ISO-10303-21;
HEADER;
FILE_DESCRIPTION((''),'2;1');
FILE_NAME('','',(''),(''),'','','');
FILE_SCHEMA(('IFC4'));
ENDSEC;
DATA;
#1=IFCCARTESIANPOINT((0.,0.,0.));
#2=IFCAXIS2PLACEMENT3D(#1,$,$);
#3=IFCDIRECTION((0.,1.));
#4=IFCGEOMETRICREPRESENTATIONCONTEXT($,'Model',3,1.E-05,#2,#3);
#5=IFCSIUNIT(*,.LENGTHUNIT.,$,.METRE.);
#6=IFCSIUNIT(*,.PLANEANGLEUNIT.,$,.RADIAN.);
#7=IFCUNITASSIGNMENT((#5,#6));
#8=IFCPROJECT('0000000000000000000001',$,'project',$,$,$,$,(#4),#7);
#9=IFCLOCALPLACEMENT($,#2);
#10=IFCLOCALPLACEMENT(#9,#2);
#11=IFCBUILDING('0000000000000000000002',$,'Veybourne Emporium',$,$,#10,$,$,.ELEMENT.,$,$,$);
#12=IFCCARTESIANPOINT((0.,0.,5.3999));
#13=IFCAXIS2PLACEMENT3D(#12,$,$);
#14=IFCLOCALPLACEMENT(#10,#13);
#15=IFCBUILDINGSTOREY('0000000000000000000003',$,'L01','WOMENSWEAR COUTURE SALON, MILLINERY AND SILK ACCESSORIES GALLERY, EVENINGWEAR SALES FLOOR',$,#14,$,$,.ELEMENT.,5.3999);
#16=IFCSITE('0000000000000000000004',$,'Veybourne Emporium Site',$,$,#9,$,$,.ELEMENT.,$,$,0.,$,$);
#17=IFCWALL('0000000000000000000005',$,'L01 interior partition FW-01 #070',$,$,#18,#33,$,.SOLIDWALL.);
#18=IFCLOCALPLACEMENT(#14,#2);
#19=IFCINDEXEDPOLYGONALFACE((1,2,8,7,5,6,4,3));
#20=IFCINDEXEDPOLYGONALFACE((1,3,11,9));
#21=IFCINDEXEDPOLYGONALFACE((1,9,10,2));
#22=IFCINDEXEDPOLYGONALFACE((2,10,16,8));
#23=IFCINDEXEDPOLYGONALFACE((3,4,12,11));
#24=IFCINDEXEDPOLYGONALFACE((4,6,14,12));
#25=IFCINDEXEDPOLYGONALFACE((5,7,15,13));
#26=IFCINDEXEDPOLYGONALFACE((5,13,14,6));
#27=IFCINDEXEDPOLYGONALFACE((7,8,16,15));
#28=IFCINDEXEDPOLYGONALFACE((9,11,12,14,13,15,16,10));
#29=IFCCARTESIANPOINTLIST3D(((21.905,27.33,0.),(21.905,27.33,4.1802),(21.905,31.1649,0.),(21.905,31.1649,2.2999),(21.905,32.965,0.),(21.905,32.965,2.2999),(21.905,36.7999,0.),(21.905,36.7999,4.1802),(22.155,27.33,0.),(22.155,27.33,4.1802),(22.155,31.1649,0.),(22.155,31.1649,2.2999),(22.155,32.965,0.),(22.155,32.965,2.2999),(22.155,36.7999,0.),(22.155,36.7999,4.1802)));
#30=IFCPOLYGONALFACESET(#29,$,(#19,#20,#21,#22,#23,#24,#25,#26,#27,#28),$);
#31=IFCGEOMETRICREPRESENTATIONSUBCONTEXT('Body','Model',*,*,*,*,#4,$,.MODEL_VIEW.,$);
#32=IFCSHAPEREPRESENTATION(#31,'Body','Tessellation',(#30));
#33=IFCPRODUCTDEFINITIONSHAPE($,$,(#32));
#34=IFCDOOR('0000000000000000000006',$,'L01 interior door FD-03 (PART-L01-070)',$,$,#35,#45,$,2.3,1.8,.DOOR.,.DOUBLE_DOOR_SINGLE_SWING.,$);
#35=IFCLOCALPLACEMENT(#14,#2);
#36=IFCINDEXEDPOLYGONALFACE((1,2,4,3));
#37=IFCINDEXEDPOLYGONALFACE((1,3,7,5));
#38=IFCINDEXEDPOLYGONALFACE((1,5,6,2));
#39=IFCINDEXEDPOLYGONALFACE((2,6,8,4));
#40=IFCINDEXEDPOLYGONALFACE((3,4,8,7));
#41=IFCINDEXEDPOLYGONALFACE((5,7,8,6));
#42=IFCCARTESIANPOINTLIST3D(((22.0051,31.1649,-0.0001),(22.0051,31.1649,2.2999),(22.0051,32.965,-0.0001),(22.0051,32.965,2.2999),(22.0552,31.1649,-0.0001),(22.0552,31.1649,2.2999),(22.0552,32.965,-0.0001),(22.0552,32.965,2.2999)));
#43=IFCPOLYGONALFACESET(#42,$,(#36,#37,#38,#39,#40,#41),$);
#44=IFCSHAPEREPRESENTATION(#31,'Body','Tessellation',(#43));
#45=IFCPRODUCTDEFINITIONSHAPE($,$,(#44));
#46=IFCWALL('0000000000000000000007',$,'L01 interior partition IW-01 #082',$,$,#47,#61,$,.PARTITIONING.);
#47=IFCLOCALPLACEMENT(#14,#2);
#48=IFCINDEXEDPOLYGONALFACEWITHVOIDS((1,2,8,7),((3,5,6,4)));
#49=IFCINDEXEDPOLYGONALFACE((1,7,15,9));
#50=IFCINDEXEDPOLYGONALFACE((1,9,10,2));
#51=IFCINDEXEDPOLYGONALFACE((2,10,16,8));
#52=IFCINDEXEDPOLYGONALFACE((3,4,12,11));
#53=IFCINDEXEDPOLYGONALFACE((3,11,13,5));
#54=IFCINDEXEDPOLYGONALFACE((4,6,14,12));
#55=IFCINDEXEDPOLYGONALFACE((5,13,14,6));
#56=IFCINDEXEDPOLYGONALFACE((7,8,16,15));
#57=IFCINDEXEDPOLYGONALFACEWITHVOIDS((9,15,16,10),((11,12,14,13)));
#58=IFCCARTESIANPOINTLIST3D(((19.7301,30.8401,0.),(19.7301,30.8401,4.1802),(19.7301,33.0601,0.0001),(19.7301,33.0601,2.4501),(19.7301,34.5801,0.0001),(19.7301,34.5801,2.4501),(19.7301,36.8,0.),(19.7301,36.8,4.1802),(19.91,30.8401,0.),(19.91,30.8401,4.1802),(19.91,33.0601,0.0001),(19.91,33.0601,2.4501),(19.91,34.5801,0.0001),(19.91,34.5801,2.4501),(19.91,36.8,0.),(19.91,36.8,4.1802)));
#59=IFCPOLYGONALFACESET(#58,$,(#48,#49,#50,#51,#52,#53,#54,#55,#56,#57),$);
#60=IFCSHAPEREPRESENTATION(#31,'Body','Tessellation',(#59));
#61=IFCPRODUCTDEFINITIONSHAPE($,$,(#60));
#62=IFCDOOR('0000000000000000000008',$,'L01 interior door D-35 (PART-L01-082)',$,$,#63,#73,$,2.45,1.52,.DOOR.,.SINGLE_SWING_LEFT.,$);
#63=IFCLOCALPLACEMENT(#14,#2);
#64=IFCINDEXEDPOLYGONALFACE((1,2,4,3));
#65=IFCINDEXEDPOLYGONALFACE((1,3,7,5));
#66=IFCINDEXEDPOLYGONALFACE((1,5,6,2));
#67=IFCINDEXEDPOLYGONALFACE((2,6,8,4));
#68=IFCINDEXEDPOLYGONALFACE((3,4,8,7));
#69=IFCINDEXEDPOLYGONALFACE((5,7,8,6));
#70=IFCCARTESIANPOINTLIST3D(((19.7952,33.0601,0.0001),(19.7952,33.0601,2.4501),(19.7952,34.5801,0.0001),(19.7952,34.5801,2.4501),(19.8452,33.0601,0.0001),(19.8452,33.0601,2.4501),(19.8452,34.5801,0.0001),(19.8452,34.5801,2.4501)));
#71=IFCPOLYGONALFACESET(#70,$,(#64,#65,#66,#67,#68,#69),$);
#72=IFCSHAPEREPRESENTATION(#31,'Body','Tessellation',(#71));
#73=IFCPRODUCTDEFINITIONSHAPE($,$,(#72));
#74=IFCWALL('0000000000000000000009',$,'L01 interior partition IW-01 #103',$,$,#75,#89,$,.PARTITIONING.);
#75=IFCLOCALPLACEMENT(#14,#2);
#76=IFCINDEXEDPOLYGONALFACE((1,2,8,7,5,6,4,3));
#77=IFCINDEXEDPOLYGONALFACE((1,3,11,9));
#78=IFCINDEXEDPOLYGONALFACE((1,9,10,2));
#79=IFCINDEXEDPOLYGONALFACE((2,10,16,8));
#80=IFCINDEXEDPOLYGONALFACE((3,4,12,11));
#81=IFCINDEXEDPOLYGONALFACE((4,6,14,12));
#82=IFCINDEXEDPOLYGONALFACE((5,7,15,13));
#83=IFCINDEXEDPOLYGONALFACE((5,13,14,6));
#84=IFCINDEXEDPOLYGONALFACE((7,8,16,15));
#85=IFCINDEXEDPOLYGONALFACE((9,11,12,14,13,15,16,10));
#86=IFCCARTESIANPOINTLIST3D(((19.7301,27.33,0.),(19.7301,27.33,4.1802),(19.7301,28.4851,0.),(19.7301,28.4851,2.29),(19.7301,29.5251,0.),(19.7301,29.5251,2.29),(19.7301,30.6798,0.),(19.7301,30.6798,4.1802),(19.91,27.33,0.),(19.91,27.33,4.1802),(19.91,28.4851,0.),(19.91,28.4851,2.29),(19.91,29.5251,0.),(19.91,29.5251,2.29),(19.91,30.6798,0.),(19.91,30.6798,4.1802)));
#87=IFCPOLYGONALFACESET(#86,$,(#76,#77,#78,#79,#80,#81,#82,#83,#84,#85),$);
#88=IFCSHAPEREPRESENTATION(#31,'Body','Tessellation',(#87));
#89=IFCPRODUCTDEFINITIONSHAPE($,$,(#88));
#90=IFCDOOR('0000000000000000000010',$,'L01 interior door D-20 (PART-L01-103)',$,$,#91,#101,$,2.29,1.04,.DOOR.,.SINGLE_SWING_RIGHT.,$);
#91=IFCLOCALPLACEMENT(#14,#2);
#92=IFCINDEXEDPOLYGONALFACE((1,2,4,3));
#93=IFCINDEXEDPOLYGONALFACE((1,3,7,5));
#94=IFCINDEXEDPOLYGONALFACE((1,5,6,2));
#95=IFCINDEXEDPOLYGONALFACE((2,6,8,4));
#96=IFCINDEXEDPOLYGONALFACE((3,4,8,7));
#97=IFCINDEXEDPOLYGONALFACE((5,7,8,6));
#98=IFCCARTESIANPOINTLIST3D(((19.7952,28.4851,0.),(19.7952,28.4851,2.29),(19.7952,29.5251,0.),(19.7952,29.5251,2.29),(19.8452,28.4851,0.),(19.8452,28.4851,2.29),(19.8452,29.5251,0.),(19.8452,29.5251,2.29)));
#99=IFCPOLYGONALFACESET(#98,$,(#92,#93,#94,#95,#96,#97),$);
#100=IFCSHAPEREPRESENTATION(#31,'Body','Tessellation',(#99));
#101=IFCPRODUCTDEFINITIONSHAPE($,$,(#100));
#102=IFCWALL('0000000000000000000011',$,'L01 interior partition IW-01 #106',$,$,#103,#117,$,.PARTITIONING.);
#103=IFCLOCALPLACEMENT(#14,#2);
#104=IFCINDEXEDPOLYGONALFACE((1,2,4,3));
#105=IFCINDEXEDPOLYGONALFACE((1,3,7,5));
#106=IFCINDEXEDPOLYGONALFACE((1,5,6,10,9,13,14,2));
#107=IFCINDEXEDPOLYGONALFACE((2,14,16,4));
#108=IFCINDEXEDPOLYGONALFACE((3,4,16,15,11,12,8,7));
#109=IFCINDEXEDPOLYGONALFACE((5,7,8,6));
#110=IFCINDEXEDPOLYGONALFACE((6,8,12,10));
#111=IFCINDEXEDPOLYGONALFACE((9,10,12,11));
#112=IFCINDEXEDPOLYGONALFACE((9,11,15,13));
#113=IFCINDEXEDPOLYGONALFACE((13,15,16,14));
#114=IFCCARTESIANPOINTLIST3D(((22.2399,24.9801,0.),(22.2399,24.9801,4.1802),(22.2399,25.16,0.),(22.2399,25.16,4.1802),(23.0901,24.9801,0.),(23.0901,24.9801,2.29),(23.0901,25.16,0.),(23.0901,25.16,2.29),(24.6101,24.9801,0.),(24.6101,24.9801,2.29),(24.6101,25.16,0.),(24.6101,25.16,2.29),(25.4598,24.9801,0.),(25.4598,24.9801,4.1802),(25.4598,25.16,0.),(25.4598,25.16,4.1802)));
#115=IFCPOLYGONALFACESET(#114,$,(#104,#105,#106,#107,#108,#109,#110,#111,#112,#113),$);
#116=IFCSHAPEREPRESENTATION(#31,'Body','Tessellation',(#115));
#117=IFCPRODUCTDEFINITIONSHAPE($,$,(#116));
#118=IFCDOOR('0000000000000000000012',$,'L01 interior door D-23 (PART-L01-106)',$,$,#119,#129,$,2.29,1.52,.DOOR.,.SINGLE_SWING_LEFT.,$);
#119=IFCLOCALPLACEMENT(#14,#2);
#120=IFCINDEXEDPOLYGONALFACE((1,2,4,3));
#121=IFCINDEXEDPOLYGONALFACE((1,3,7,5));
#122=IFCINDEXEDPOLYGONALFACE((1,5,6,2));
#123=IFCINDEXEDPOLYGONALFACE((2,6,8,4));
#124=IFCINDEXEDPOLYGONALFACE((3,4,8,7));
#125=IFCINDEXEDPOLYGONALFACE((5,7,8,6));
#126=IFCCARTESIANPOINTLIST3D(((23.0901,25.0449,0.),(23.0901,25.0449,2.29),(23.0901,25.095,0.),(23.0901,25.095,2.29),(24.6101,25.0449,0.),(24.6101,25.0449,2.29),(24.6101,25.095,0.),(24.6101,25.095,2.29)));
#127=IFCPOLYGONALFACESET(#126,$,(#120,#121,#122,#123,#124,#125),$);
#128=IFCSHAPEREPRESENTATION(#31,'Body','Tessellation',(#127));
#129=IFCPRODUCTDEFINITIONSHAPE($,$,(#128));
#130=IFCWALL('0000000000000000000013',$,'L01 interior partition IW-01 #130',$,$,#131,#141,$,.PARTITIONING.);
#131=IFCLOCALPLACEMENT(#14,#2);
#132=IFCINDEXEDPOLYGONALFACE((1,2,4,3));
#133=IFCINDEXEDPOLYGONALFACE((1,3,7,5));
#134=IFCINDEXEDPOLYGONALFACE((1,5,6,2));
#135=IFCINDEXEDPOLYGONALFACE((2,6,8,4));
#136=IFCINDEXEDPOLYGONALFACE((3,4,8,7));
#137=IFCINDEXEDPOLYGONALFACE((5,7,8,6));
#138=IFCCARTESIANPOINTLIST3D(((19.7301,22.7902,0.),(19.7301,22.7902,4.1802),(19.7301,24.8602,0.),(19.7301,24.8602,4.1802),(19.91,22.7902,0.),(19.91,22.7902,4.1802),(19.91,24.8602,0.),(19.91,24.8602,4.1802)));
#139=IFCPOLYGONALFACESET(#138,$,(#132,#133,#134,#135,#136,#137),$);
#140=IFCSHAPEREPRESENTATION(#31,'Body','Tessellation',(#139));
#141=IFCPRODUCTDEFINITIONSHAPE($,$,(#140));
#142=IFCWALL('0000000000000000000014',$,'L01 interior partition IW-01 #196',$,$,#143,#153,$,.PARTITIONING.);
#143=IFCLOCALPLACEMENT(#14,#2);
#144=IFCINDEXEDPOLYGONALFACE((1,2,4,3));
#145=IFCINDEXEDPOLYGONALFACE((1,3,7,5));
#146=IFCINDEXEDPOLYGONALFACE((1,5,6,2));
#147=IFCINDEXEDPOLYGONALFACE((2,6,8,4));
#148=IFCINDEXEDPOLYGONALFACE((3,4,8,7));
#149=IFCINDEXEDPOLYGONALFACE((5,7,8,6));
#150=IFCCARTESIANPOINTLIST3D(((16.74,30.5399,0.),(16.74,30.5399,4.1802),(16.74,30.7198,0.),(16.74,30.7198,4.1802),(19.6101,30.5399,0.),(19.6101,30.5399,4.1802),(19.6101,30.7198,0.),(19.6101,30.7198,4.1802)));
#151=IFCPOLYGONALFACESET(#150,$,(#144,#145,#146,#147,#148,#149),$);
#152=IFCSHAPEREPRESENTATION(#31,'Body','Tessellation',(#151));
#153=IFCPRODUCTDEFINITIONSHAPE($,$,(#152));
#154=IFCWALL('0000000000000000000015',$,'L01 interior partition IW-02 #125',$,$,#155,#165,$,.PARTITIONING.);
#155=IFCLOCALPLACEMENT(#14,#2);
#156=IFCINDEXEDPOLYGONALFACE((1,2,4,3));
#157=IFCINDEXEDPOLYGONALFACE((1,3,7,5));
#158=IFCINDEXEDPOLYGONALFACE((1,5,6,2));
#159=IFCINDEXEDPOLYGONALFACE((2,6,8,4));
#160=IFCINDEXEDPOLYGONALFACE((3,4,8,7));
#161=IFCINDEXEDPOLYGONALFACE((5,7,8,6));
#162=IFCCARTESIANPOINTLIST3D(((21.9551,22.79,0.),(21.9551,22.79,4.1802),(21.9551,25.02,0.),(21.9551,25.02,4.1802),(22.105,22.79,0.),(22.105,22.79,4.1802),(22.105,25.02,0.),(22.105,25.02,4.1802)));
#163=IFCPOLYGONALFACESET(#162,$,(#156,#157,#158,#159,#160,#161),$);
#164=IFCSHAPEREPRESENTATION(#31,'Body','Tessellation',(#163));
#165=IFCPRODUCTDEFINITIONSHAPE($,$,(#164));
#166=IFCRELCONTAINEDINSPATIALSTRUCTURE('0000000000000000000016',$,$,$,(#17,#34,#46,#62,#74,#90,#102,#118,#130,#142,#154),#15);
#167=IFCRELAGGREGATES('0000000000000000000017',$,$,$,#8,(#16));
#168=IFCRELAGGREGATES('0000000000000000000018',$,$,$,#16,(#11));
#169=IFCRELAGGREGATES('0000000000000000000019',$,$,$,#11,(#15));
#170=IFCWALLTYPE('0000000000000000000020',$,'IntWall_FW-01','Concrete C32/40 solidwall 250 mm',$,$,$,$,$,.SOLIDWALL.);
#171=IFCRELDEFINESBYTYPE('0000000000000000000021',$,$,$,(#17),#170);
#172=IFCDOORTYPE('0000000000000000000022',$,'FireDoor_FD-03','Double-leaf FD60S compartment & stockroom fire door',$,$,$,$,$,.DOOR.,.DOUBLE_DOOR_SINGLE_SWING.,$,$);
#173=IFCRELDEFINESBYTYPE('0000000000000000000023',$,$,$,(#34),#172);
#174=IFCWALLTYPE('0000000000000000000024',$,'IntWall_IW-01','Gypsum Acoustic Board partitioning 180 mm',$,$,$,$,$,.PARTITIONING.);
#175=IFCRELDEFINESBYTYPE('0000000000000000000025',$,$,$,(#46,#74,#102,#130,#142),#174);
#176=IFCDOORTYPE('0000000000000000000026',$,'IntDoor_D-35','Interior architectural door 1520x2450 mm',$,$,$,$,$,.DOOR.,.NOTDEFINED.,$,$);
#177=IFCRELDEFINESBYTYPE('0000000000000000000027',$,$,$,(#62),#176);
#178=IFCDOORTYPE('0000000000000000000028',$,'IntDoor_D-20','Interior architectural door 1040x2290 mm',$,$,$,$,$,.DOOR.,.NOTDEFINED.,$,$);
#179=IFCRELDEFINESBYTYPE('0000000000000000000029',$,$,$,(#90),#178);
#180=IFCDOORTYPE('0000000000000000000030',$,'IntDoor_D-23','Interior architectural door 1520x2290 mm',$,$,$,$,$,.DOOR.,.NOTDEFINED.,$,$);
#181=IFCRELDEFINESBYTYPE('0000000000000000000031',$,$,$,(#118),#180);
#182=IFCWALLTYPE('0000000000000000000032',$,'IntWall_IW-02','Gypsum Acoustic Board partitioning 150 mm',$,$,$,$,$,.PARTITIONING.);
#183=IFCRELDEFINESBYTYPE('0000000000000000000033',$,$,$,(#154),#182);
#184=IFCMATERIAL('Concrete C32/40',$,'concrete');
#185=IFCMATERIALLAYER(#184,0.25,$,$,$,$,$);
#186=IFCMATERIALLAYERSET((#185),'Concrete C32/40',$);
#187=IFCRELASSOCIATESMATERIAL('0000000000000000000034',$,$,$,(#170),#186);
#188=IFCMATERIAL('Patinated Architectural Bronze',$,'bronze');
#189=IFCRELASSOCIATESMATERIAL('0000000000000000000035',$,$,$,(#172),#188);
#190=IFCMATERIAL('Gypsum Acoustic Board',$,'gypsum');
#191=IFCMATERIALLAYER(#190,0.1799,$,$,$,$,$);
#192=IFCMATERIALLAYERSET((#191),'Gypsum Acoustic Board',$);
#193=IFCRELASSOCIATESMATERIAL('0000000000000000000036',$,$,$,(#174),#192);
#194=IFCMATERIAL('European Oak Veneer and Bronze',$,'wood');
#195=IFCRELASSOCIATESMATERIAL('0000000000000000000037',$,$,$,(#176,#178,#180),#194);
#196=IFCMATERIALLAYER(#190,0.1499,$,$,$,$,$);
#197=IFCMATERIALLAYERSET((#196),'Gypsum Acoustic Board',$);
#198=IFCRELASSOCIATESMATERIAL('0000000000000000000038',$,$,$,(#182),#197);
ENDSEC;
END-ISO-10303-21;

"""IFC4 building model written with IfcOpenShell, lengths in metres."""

from ifc_helpers import new_model, si_unit, direction, frame, frame_2d, origin, place, context, subcontext, project, spatial, rectangle, extrude, material, layer, layer_set, type_object, element, fill, save


model = new_model("IFC4")

# Units and contexts
model_context = context("Model", 3, precision=1e-05, world=origin(), true_north=direction((0.0, 1.0)))
body_context = subcontext(model_context, "Body", "Model", "MODEL_VIEW")
ifc_project = project(units=[si_unit("LENGTHUNIT", "METRE"), si_unit("PLANEANGLEUNIT", "RADIAN")], contexts=[model_context])

# Site, building, storey
site_placement = place(None, origin())
site = spatial("IfcSite", under=ifc_project, at=site_placement, Name="Veybourne Emporium Site", CompositionType="ELEMENT", RefElevation=0.0)
building_placement = place(site_placement, origin())
building = spatial("IfcBuilding", under=site, at=building_placement, Name="Veybourne Emporium", CompositionType="ELEMENT")
storey_placement = place(building_placement, frame((0.0, 0.0, 5.3999)))
storey = spatial("IfcBuildingStorey", under=building, at=storey_placement, Name="L01", Description="WOMENSWEAR COUTURE SALON, MILLINERY AND SILK ACCESSORIES GALLERY, EVENINGWEAR SALES FLOOR", CompositionType="ELEMENT", Elevation=5.3999)

# Shared definitions
ifc_material_1 = material(Name="Concrete C32/40", Category="concrete")

# Shared definitions
ifc_material_2 = material(Name="Patinated Architectural Bronze", Category="bronze")

# Walls, openings, doors
ifc_layer_1 = layer(ifc_material_1, 0.25)
ifc_layer_set_1 = layer_set([ifc_layer_1], Name="Concrete C32/40")
wall_type_1 = type_object("IfcWallType", Name="IntWall_FW-01", Description="Concrete C32/40 solidwall 250 mm", PredefinedType="SOLIDWALL", material=ifc_layer_set_1)
door_type_1 = type_object("IfcDoorType", Name="FireDoor_FD-03", Description="Double-leaf FD60S compartment & stockroom fire door", OperationType="DOUBLE_DOOR_SINGLE_SWING", PredefinedType="DOOR", material=ifc_material_2)
wall_1_placement = place(storey_placement, frame((22.03, 27.3301, 0.0), z_axis=(0.0, 0.0, 1.0), x_axis=(0.0, 1.0, 0.0)))
wall_1 = element("IfcWall", 1, at=wall_1_placement, inside=storey, type_object=wall_type_1, Name="L01 interior partition FW-01 #070", PredefinedType="SOLIDWALL", context=body_context, shape_type="SweptSolid", body=[
    extrude(rectangle(XDim=9.47, YDim=0.25, at=frame_2d((4.7349, 0.0))), origin(), (0.0, 0.0, 1.0), 4.1802),
])
opening_1_placement = place(wall_1_placement, frame((3.835, 0.0, 0.0)))
opening_1 = element("IfcOpeningElement", 2, at=opening_1_placement, cuts=wall_1, PredefinedType="OPENING", context=body_context, shape_type="SweptSolid", body=[
    extrude(rectangle(XDim=1.8, YDim=2.3, at=frame_2d((0.8999, 1.1499))), frame((0.0, 0.145, 0.0), z_axis=(0.0, -1.0, 0.0), x_axis=(1.0, 0.0, 0.0)), (0.0, 0.0, 1.0), 0.29),
])
door_1_placement = place(opening_1_placement, origin())
door_1 = element("IfcDoor", 3, at=door_1_placement, inside=storey, type_object=door_type_1, Name="L01 interior door FD-03 (PART-L01-070)", OperationType="DOUBLE_DOOR_SINGLE_SWING", OverallHeight=2.3, OverallWidth=1.8, PredefinedType="DOOR", context=body_context, shape_type="SweptSolid", body=[
    extrude(rectangle(XDim=1.8, YDim=2.3, at=frame_2d((0.8999, 1.1499))), frame((0.0, 0.0249, 0.0), z_axis=(0.0, -1.0, 0.0), x_axis=(1.0, 0.0, 0.0)), (0.0, 0.0, 1.0), 0.05),
])
fill(opening_1, door_1)
ifc_material_3 = material(Name="Gypsum Acoustic Board", Category="gypsum")
ifc_layer_2 = layer(ifc_material_3, 0.1799)
ifc_layer_set_2 = layer_set([ifc_layer_2], Name="Gypsum Acoustic Board")
wall_type_2 = type_object("IfcWallType", Name="IntWall_IW-01", Description="Gypsum Acoustic Board partitioning 180 mm", PredefinedType="PARTITIONING", material=ifc_layer_set_2)
wall_2_placement = place(storey_placement, frame((19.8201, 30.8401, 0.0), z_axis=(0.0, 0.0, 1.0), x_axis=(0.0, 1.0, 0.0)))
wall_2 = element("IfcWall", 4, at=wall_2_placement, inside=storey, type_object=wall_type_2, Name="L01 interior partition IW-01 #082", PredefinedType="PARTITIONING", context=body_context, shape_type="SweptSolid", body=[
    extrude(rectangle(XDim=5.96, YDim=0.1799, at=frame_2d((2.98, 0.0))), origin(), (0.0, 0.0, 1.0), 4.1802),
])
opening_2_placement = place(wall_2_placement, frame((2.22, 0.0, 0.0)))
opening_2 = element("IfcOpeningElement", 5, at=opening_2_placement, cuts=wall_2, PredefinedType="OPENING", context=body_context, shape_type="SweptSolid", body=[
    extrude(rectangle(XDim=1.52, YDim=2.45, at=frame_2d((0.76, 1.2251))), frame((0.0, 0.1099, 0.0), z_axis=(0.0, -1.0, 0.0), x_axis=(1.0, 0.0, 0.0)), (0.0, 0.0, 1.0), 0.22),
])
ifc_material_4 = material(Name="European Oak Veneer and Bronze", Category="wood")
door_type_2 = type_object("IfcDoorType", Name="IntDoor_D-35", Description="Interior architectural door 1520x2450 mm", OperationType="NOTDEFINED", PredefinedType="DOOR", material=ifc_material_4)
door_2_placement = place(opening_2_placement, origin())
door_2 = element("IfcDoor", 6, at=door_2_placement, inside=storey, type_object=door_type_2, Name="L01 interior door D-35 (PART-L01-082)", OperationType="SINGLE_SWING_LEFT", OverallHeight=2.45, OverallWidth=1.52, PredefinedType="DOOR", context=body_context, shape_type="SweptSolid", body=[
    extrude(rectangle(XDim=1.52, YDim=2.45, at=frame_2d((0.76, 1.2251))), frame((0.0, 0.0249, 0.0), z_axis=(0.0, -1.0, 0.0), x_axis=(1.0, 0.0, 0.0)), (0.0, 0.0, 1.0), 0.05),
])
fill(opening_2, door_2)
wall_3_placement = place(storey_placement, frame((19.8201, 27.3301, 0.0), z_axis=(0.0, 0.0, 1.0), x_axis=(0.0, 1.0, 0.0)))
wall_3 = element("IfcWall", 7, at=wall_3_placement, inside=storey, type_object=wall_type_2, Name="L01 interior partition IW-01 #103", PredefinedType="PARTITIONING", context=body_context, shape_type="SweptSolid", body=[
    extrude(rectangle(XDim=3.3499, YDim=0.1799, at=frame_2d((1.6748, 0.0))), origin(), (0.0, 0.0, 1.0), 4.1802),
])
opening_3_placement = place(wall_3_placement, frame((1.155, 0.0, 0.0)))
opening_3 = element("IfcOpeningElement", 8, at=opening_3_placement, cuts=wall_3, PredefinedType="OPENING", context=body_context, shape_type="SweptSolid", body=[
    extrude(rectangle(XDim=1.04, YDim=2.29, at=frame_2d((0.52, 1.145))), frame((0.0, 0.1099, 0.0), z_axis=(0.0, -1.0, 0.0), x_axis=(1.0, 0.0, 0.0)), (0.0, 0.0, 1.0), 0.22),
])
door_type_3 = type_object("IfcDoorType", Name="IntDoor_D-20", Description="Interior architectural door 1040x2290 mm", OperationType="NOTDEFINED", PredefinedType="DOOR", material=ifc_material_4)
door_3_placement = place(opening_3_placement, origin())
door_3 = element("IfcDoor", 9, at=door_3_placement, inside=storey, type_object=door_type_3, Name="L01 interior door D-20 (PART-L01-103)", OperationType="SINGLE_SWING_RIGHT", OverallHeight=2.29, OverallWidth=1.04, PredefinedType="DOOR", context=body_context, shape_type="SweptSolid", body=[
    extrude(rectangle(XDim=1.04, YDim=2.29, at=frame_2d((0.52, 1.145))), frame((0.0, 0.0249, 0.0), z_axis=(0.0, -1.0, 0.0), x_axis=(1.0, 0.0, 0.0)), (0.0, 0.0, 1.0), 0.05),
])
fill(opening_3, door_3)
wall_4_placement = place(storey_placement, frame((22.24, 25.0701, 0.0), z_axis=(0.0, 0.0, 1.0), x_axis=(1.0, 0.0, 0.0)))
wall_4 = element("IfcWall", 10, at=wall_4_placement, inside=storey, type_object=wall_type_2, Name="L01 interior partition IW-01 #106", PredefinedType="PARTITIONING", context=body_context, shape_type="SweptSolid", body=[
    extrude(rectangle(XDim=3.22, YDim=0.1799, at=frame_2d((1.6099, 0.0))), origin(), (0.0, 0.0, 1.0), 4.1802),
])
opening_4_placement = place(wall_4_placement, frame((0.8501, 0.0, 0.0)))
opening_4 = element("IfcOpeningElement", 11, at=opening_4_placement, cuts=wall_4, PredefinedType="OPENING", context=body_context, shape_type="SweptSolid", body=[
    extrude(rectangle(XDim=1.52, YDim=2.29, at=frame_2d((0.76, 1.145))), frame((0.0, 0.1099, 0.0), z_axis=(0.0, -1.0, 0.0), x_axis=(1.0, 0.0, 0.0)), (0.0, 0.0, 1.0), 0.22),
])
door_type_4 = type_object("IfcDoorType", Name="IntDoor_D-23", Description="Interior architectural door 1520x2290 mm", OperationType="NOTDEFINED", PredefinedType="DOOR", material=ifc_material_4)
door_4_placement = place(opening_4_placement, origin())
door_4 = element("IfcDoor", 12, at=door_4_placement, inside=storey, type_object=door_type_4, Name="L01 interior door D-23 (PART-L01-106)", OperationType="SINGLE_SWING_LEFT", OverallHeight=2.29, OverallWidth=1.52, PredefinedType="DOOR", context=body_context, shape_type="SweptSolid", body=[
    extrude(rectangle(XDim=1.52, YDim=2.29, at=frame_2d((0.76, 1.145))), frame((0.0, 0.0249, 0.0), z_axis=(0.0, -1.0, 0.0), x_axis=(1.0, 0.0, 0.0)), (0.0, 0.0, 1.0), 0.05),
])
fill(opening_4, door_4)

# Walls
wall_5_placement = place(storey_placement, frame((19.8201, 22.79, 0.0), z_axis=(0.0, 0.0, 1.0), x_axis=(0.0, 1.0, 0.0)))
element("IfcWall", 13, at=wall_5_placement, inside=storey, type_object=wall_type_2, Name="L01 interior partition IW-01 #130", PredefinedType="PARTITIONING", context=body_context, shape_type="SweptSolid", body=[
    extrude(rectangle(XDim=2.0701, YDim=0.1799, at=frame_2d((1.0352, 0.0))), origin(), (0.0, 0.0, 1.0), 4.1802),
])
wall_6_placement = place(storey_placement, frame((16.74, 30.6299, 0.0), z_axis=(0.0, 0.0, 1.0), x_axis=(1.0, 0.0, 0.0)))
element("IfcWall", 14, at=wall_6_placement, inside=storey, type_object=wall_type_2, Name="L01 interior partition IW-01 #196", PredefinedType="PARTITIONING", context=body_context, shape_type="SweptSolid", body=[
    extrude(rectangle(XDim=2.8701, YDim=0.1799, at=frame_2d((1.4351, 0.0))), origin(), (0.0, 0.0, 1.0), 4.1802),
])
ifc_layer_3 = layer(ifc_material_3, 0.1499)
ifc_layer_set_3 = layer_set([ifc_layer_3], Name="Gypsum Acoustic Board")
wall_type_3 = type_object("IfcWallType", Name="IntWall_IW-02", Description="Gypsum Acoustic Board partitioning 150 mm", PredefinedType="PARTITIONING", material=ifc_layer_set_3)
wall_7_placement = place(storey_placement, frame((22.03, 22.79, 0.0), z_axis=(0.0, 0.0, 1.0), x_axis=(0.0, 1.0, 0.0)))
element("IfcWall", 15, at=wall_7_placement, inside=storey, type_object=wall_type_3, Name="L01 interior partition IW-02 #125", PredefinedType="PARTITIONING", context=body_context, shape_type="SweptSolid", body=[
    extrude(rectangle(XDim=2.23, YDim=0.1499, at=frame_2d((1.115, 0.0))), origin(), (0.0, 0.0, 1.0), 4.1802),
])

save(model, "model.ifc")
